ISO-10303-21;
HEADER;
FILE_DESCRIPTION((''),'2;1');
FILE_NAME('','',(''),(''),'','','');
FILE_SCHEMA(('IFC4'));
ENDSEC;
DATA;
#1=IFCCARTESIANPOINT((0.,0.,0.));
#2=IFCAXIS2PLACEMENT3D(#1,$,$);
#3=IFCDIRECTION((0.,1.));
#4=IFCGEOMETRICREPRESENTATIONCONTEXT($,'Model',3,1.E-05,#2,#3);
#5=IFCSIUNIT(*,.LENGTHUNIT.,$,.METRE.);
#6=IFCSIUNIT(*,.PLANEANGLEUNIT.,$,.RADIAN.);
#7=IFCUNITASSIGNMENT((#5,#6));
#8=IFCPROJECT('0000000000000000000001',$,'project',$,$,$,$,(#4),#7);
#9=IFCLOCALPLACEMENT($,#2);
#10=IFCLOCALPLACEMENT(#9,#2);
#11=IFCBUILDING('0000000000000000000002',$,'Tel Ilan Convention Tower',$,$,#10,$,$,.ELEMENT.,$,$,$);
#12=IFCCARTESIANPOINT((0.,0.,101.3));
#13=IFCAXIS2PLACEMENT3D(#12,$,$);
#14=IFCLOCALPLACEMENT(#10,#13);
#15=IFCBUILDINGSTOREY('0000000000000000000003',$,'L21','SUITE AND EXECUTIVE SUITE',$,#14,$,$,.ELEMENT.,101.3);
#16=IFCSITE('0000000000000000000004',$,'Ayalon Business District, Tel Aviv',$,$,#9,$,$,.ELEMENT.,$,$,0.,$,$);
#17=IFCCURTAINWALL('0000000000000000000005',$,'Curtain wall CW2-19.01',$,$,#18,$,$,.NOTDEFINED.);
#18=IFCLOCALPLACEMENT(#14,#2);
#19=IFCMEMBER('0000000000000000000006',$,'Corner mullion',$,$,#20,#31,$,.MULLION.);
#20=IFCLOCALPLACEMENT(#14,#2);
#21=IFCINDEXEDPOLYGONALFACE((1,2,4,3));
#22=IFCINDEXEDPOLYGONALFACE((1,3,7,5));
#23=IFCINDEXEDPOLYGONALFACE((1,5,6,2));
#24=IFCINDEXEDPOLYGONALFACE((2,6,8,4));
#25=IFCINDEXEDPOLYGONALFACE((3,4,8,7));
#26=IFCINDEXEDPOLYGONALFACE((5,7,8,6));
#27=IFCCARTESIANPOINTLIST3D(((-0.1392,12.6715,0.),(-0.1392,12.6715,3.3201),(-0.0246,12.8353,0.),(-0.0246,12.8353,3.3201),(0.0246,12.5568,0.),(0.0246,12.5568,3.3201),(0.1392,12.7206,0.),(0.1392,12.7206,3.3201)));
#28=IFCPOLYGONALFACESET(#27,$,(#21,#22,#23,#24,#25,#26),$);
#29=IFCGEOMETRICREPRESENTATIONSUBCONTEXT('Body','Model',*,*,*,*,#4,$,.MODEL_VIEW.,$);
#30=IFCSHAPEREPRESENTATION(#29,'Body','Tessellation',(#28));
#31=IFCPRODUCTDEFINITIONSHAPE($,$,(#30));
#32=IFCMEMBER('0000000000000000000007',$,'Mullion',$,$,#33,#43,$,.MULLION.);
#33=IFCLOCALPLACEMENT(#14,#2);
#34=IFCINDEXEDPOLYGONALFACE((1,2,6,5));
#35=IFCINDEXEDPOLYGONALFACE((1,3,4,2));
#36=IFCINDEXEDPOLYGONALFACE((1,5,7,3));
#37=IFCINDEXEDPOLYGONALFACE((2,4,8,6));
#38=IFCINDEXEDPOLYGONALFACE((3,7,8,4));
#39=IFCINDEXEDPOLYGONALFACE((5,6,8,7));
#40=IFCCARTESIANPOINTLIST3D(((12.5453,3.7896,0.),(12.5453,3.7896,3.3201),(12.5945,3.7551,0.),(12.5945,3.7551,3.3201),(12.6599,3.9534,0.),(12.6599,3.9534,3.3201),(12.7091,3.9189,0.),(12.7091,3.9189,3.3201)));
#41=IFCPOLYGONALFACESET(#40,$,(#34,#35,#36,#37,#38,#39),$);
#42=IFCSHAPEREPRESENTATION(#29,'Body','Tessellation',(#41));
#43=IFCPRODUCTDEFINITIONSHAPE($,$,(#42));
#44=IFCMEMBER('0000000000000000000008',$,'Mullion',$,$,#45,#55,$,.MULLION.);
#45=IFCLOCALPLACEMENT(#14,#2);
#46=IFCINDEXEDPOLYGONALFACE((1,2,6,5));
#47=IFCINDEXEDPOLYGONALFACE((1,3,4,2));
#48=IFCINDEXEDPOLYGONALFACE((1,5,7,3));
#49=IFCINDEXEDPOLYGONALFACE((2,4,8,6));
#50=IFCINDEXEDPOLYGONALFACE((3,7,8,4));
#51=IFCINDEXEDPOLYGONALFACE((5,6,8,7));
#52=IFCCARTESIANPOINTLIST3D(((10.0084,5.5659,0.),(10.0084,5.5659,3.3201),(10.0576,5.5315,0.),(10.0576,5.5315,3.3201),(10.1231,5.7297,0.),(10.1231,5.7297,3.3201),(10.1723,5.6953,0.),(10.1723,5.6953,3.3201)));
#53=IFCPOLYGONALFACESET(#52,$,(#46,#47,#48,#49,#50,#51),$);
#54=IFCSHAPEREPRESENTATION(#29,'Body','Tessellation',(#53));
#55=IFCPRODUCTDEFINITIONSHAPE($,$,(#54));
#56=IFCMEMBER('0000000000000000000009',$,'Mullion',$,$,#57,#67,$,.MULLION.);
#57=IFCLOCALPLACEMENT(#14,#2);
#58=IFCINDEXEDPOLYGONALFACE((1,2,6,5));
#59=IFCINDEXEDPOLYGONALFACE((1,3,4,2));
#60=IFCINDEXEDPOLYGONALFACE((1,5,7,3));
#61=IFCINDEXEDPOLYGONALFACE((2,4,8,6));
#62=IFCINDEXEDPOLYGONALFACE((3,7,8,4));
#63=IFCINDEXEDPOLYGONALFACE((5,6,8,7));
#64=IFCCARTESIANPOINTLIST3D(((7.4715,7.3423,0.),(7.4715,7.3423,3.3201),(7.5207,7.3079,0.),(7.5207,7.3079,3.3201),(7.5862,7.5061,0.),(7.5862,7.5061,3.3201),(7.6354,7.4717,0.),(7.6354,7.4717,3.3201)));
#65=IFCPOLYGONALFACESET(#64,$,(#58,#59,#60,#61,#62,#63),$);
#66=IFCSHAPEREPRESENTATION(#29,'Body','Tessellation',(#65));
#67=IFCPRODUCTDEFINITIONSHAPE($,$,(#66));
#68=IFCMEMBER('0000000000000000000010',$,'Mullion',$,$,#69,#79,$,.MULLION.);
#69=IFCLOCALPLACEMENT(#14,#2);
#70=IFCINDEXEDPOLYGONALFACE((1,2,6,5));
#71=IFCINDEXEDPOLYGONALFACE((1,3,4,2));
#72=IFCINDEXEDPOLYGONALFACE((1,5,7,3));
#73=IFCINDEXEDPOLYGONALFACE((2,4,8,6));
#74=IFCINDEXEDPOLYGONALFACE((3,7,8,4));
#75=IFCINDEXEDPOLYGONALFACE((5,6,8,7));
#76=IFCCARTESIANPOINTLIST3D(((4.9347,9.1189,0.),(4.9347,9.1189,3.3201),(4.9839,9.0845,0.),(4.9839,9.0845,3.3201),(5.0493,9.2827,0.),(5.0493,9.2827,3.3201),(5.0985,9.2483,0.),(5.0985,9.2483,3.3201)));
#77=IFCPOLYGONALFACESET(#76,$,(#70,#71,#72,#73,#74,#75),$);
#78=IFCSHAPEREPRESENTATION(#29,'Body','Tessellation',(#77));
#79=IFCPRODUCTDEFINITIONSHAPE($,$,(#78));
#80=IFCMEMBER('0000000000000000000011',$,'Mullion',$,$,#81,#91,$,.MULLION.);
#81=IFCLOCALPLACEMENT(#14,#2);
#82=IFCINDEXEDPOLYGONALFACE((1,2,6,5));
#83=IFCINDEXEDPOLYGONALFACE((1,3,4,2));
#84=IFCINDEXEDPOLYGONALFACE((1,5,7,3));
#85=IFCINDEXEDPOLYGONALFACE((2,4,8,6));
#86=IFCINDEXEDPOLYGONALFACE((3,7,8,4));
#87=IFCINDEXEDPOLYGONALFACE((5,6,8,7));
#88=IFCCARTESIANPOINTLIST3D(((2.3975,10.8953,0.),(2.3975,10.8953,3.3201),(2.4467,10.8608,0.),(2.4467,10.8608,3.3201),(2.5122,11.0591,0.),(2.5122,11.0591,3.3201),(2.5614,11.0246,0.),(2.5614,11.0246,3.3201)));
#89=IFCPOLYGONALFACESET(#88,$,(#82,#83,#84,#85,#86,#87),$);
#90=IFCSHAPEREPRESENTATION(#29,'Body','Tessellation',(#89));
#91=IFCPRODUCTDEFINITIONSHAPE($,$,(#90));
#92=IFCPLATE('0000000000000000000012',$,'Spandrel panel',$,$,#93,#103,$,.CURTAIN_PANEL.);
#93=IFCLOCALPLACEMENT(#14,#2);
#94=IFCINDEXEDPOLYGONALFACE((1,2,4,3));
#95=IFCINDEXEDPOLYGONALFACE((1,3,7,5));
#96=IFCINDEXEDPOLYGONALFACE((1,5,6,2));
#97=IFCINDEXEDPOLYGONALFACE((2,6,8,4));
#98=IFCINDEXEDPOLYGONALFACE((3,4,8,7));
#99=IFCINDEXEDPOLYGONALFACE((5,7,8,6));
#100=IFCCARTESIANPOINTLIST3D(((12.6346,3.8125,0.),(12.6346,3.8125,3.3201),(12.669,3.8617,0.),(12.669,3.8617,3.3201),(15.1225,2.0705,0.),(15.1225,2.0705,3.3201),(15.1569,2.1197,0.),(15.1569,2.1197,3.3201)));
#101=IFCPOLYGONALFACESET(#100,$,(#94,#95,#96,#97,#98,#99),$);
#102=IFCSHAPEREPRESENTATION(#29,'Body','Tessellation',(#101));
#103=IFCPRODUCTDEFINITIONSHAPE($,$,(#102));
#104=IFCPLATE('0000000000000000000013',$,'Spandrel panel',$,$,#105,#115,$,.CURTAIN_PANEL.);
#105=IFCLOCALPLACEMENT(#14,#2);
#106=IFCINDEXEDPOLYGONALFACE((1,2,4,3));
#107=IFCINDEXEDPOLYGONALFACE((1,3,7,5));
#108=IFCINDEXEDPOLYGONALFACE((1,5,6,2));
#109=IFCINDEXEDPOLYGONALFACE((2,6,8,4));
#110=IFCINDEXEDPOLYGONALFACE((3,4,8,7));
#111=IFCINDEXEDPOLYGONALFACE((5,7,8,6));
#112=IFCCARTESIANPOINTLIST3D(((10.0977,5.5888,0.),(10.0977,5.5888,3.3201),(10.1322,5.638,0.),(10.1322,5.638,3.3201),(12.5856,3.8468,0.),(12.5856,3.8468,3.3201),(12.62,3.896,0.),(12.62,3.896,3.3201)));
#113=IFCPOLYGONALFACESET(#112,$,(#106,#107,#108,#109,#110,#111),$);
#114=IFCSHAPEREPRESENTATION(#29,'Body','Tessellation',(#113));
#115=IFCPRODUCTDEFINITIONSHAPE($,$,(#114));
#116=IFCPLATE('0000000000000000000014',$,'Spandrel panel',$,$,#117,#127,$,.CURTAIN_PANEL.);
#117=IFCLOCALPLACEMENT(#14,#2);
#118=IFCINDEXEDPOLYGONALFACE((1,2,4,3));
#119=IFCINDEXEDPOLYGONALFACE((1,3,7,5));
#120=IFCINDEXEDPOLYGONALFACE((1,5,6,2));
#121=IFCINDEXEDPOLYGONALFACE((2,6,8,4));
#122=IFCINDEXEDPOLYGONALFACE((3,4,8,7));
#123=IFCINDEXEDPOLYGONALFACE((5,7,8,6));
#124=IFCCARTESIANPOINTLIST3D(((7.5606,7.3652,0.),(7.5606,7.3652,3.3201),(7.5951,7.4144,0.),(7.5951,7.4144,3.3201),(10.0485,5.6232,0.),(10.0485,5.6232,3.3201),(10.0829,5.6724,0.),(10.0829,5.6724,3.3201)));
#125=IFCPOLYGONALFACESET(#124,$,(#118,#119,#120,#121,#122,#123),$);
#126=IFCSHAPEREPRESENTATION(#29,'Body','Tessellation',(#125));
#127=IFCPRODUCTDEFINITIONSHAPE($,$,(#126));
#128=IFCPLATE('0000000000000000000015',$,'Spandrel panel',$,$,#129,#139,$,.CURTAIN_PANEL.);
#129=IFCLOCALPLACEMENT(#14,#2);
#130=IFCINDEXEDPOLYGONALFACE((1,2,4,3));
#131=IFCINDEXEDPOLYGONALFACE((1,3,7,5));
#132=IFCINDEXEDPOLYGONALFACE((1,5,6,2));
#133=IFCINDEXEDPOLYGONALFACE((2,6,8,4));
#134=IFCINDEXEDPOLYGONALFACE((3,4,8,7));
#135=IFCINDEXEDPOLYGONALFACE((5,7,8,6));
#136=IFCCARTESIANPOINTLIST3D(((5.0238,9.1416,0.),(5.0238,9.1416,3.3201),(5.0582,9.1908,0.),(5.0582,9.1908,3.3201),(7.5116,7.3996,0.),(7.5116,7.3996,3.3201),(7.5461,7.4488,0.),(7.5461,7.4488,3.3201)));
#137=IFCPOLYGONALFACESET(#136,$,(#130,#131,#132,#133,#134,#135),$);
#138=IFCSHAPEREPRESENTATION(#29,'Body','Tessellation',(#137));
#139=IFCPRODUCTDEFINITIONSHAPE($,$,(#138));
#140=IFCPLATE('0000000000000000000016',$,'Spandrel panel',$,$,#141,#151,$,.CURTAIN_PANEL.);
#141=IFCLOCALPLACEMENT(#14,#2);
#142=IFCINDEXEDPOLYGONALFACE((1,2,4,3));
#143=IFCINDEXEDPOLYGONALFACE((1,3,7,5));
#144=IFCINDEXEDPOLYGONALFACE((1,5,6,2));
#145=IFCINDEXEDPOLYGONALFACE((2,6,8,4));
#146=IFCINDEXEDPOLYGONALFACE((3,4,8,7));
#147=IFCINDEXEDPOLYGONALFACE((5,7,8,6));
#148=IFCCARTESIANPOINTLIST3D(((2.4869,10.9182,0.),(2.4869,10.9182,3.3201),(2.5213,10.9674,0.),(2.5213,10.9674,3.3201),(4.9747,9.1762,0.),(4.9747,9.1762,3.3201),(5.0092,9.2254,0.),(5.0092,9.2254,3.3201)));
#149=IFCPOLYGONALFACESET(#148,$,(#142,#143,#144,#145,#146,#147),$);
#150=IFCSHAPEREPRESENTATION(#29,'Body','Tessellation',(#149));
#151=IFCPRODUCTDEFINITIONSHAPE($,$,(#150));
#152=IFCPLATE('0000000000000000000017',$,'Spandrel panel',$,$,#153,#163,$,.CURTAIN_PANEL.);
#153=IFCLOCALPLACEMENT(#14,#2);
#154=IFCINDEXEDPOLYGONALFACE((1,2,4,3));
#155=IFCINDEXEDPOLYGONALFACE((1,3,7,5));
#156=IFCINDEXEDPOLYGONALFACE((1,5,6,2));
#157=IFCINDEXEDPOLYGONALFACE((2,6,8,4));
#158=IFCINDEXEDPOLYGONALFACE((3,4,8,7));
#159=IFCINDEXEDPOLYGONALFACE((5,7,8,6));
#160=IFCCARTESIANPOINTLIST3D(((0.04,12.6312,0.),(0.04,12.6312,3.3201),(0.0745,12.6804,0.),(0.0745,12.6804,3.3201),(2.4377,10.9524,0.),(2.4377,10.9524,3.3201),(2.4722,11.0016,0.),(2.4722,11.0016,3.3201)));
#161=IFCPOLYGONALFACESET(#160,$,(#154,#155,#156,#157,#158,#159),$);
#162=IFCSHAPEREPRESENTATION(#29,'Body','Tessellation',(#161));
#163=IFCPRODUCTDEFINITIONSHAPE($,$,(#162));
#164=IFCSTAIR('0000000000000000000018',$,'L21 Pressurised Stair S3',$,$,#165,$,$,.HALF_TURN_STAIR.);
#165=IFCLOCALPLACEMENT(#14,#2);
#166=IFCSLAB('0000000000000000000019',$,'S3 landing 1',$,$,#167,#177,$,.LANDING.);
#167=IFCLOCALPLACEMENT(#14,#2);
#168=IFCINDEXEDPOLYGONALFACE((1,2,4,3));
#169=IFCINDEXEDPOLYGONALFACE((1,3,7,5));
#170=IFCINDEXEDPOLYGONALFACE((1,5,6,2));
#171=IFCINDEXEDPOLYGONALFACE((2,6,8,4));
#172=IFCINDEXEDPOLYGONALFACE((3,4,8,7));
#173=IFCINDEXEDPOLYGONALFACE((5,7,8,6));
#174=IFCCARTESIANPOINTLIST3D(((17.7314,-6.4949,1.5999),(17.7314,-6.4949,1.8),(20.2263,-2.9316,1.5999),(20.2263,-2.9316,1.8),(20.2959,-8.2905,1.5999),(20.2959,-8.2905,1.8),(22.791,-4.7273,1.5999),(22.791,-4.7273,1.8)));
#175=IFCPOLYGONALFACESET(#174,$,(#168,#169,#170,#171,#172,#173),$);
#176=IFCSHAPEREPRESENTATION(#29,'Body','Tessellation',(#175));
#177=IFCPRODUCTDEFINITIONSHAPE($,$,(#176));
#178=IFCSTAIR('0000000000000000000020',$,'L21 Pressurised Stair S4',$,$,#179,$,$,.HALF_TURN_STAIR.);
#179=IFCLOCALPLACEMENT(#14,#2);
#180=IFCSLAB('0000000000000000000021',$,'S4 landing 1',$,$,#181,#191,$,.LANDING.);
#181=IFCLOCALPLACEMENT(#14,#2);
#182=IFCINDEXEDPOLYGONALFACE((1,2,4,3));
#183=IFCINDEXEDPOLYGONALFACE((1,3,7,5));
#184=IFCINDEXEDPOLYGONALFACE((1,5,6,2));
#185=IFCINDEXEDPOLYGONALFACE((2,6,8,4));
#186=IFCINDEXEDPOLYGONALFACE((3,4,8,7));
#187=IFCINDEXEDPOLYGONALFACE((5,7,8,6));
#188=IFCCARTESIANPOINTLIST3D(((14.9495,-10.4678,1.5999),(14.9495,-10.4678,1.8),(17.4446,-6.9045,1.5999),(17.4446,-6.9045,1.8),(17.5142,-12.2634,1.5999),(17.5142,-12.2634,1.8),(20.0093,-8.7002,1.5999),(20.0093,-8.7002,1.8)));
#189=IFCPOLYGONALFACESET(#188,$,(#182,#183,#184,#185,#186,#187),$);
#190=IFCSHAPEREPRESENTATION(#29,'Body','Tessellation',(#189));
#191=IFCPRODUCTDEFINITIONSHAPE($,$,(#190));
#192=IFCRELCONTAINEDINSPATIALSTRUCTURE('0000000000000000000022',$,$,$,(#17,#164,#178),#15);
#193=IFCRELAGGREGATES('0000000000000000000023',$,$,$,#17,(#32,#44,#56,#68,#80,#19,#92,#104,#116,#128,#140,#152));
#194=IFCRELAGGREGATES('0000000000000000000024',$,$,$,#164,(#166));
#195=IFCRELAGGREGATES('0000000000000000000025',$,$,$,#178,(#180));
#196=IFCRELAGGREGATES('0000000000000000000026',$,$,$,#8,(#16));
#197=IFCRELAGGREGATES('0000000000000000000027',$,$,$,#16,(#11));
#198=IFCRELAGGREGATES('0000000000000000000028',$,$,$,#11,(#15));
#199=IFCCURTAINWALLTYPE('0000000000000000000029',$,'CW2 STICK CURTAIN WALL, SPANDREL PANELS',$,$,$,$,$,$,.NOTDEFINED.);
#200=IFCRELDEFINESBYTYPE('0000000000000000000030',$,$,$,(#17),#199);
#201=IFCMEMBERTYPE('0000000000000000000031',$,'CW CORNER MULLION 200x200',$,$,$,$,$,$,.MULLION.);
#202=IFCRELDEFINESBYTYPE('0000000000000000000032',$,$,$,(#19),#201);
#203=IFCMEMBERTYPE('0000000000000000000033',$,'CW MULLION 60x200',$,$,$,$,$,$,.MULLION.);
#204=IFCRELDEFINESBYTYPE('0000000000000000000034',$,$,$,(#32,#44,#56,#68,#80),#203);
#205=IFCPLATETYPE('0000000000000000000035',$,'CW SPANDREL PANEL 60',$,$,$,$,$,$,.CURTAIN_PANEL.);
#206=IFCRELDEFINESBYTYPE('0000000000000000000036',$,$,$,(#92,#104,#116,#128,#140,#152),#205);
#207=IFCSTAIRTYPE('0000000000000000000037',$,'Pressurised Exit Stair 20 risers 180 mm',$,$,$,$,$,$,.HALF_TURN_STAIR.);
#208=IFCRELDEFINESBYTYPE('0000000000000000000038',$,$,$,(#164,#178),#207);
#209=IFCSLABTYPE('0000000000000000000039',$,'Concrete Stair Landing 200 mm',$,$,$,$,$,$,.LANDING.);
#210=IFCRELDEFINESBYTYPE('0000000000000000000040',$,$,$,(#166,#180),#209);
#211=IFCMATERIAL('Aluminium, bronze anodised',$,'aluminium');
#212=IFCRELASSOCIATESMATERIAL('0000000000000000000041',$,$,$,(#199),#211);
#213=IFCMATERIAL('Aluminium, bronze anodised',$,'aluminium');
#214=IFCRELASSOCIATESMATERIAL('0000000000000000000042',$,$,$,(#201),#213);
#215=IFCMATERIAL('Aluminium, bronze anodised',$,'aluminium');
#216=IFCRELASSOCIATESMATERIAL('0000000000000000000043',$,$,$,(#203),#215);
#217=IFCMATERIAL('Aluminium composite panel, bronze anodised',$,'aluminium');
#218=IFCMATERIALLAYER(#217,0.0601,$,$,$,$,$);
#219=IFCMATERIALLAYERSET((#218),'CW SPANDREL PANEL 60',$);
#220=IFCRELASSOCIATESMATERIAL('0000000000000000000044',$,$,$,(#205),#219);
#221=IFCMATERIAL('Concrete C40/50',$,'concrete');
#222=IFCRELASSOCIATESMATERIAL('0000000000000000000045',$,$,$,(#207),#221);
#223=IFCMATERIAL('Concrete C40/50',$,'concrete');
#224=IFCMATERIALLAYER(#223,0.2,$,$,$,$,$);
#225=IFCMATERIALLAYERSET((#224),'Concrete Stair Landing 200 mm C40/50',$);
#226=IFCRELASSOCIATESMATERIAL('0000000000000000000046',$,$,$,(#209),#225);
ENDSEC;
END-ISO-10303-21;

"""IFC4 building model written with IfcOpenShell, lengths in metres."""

from ifc_helpers import new_model, si_unit, direction, frame, origin, origin_2d, place, context, subcontext, project, spatial, polyline, rectangle, outline, extrude, material, layer, layer_set, material_profile, profile_set, type_object, element, aggregate, save


model = new_model("IFC4")

# Units and contexts
model_context = context("Model", 3, precision=1e-05, world=origin(), true_north=direction((0.0, 1.0)))
body_context = subcontext(model_context, "Body", "Model", "MODEL_VIEW")
ifc_project = project(units=[si_unit("LENGTHUNIT", "METRE"), si_unit("PLANEANGLEUNIT", "RADIAN")], contexts=[model_context])

# Site, building, storey
site_placement = place(None, origin())
site = spatial("IfcSite", under=ifc_project, at=site_placement, Name="Ayalon Business District, Tel Aviv", CompositionType="ELEMENT", RefElevation=0.0)
building_placement = place(site_placement, origin())
building = spatial("IfcBuilding", under=site, at=building_placement, Name="Tel Ilan Convention Tower", CompositionType="ELEMENT")
storey_placement = place(building_placement, frame((0.0, 0.0, 101.3)))
storey = spatial("IfcBuildingStorey", under=building, at=storey_placement, Name="L21", Description="SUITE AND EXECUTIVE SUITE", CompositionType="ELEMENT", Elevation=101.3)

# Curtain wall, members, plates
ifc_material_1 = material(Name="Aluminium, bronze anodised", Category="aluminium")
curtain_wall_type = type_object("IfcCurtainWallType", Name="CW2 STICK CURTAIN WALL, SPANDREL PANELS", PredefinedType="NOTDEFINED", material=ifc_material_1)
curtain_wall_placement = place(storey_placement, origin())
curtain_wall = element("IfcCurtainWall", 1, at=curtain_wall_placement, inside=storey, type_object=curtain_wall_type, Name="Curtain wall CW2-19.01", PredefinedType="NOTDEFINED")
ifc_material_2 = material(Name="Aluminium, bronze anodised", Category="aluminium")
ifc_material_profile_1 = material_profile(ifc_material_2, rectangle(XDim=0.2, YDim=0.2, at=origin_2d()), Name="CW CORNER MULLION 200x200")
ifc_profile_set_1 = profile_set([ifc_material_profile_1], Name="Aluminium, bronze anodised")
member_type_1 = type_object("IfcMemberType", Name="CW CORNER MULLION 200x200", PredefinedType="MULLION", material=ifc_profile_set_1)
member_1_placement = place(storey_placement, frame((0.0, 12.696, 0.0), z_axis=(0.0, 0.0, 1.0), x_axis=(-0.819152, 0.573576, 0.0)))
member_1 = element("IfcMember", 2, at=member_1_placement, type_object=member_type_1, Name="Corner mullion", PredefinedType="MULLION", context=body_context, shape_type="SweptSolid", body=[
    extrude(rectangle(XDim=0.2, YDim=0.2, at=origin_2d()), origin(), (0.0, 0.0, 1.0), 3.3201),
])
ifc_material_3 = material(Name="Aluminium, bronze anodised", Category="aluminium")
ifc_material_profile_2 = material_profile(ifc_material_3, rectangle(XDim=0.0601, YDim=0.2, at=origin_2d()), Name="CW MULLION 60x200")
ifc_profile_set_2 = profile_set([ifc_material_profile_2], Name="Aluminium, bronze anodised")
member_type_2 = type_object("IfcMemberType", Name="CW MULLION 60x200", PredefinedType="MULLION", material=ifc_profile_set_2)
member_2_placement = place(storey_placement, frame((12.6272, 3.8542, 0.0), z_axis=(0.0, 0.0, 1.0), x_axis=(-0.819152, 0.573576, 0.0)))
member_2 = element("IfcMember", 3, at=member_2_placement, type_object=member_type_2, Name="Mullion", PredefinedType="MULLION", context=body_context, shape_type="SweptSolid", body=[
    extrude(rectangle(XDim=0.0601, YDim=0.2, at=origin_2d()), origin(), (0.0, 0.0, 1.0), 3.3201),
])
member_3_placement = place(storey_placement, frame((10.0903, 5.6306, 0.0), z_axis=(0.0, 0.0, 1.0), x_axis=(-0.819152, 0.573576, 0.0)))
member_3 = element("IfcMember", 4, at=member_3_placement, type_object=member_type_2, Name="Mullion", PredefinedType="MULLION", context=body_context, shape_type="SweptSolid", body=[
    extrude(rectangle(XDim=0.0601, YDim=0.2, at=origin_2d()), origin(), (0.0, 0.0, 1.0), 3.3201),
])
member_4_placement = place(storey_placement, frame((7.5535, 7.407, 0.0), z_axis=(0.0, 0.0, 1.0), x_axis=(-0.819152, 0.573576, 0.0)))
member_4 = element("IfcMember", 5, at=member_4_placement, type_object=member_type_2, Name="Mullion", PredefinedType="MULLION", context=body_context, shape_type="SweptSolid", body=[
    extrude(rectangle(XDim=0.0601, YDim=0.2, at=origin_2d()), origin(), (0.0, 0.0, 1.0), 3.3201),
])
member_5_placement = place(storey_placement, frame((5.0166, 9.1836, 0.0), z_axis=(0.0, 0.0, 1.0), x_axis=(-0.819152, 0.573576, 0.0)))
member_5 = element("IfcMember", 6, at=member_5_placement, type_object=member_type_2, Name="Mullion", PredefinedType="MULLION", context=body_context, shape_type="SweptSolid", body=[
    extrude(rectangle(XDim=0.0601, YDim=0.2, at=origin_2d()), origin(), (0.0, 0.0, 1.0), 3.3201),
])
member_6_placement = place(storey_placement, frame((2.4795, 10.96, 0.0), z_axis=(0.0, 0.0, 1.0), x_axis=(-0.819152, 0.573576, 0.0)))
member_6 = element("IfcMember", 7, at=member_6_placement, type_object=member_type_2, Name="Mullion", PredefinedType="MULLION", context=body_context, shape_type="SweptSolid", body=[
    extrude(rectangle(XDim=0.0601, YDim=0.2, at=origin_2d()), origin(), (0.0, 0.0, 1.0), 3.3201),
])
ifc_material_4 = material(Name="Aluminium composite panel, bronze anodised", Category="aluminium")
ifc_layer_1 = layer(ifc_material_4, 0.0601)
ifc_layer_set_1 = layer_set([ifc_layer_1], Name="CW SPANDREL PANEL 60")
plate_type = type_object("IfcPlateType", Name="CW SPANDREL PANEL 60", PredefinedType="CURTAIN_PANEL", material=ifc_layer_set_1)
plate_1_placement = place(storey_placement, frame((13.8958, 2.9661, 0.0), z_axis=(0.0, 0.0, 1.0), x_axis=(-0.819152, 0.573576, 0.0)))
plate_1 = element("IfcPlate", 8, at=plate_1_placement, type_object=plate_type, Name="Spandrel panel", PredefinedType="CURTAIN_PANEL", context=body_context, shape_type="SweptSolid", body=[
    extrude(rectangle(XDim=3.0371, YDim=0.0601, at=origin_2d()), origin(), (0.0, 0.0, 1.0), 3.3201),
])
plate_2_placement = place(storey_placement, frame((11.3589, 4.7424, 0.0), z_axis=(0.0, 0.0, 1.0), x_axis=(-0.819152, 0.573576, 0.0)))
plate_2 = element("IfcPlate", 9, at=plate_2_placement, type_object=plate_type, Name="Spandrel panel", PredefinedType="CURTAIN_PANEL", context=body_context, shape_type="SweptSolid", body=[
    extrude(rectangle(XDim=3.0371, YDim=0.0601, at=origin_2d()), origin(), (0.0, 0.0, 1.0), 3.3201),
])
plate_3_placement = place(storey_placement, frame((8.8218, 6.5188, 0.0), z_axis=(0.0, 0.0, 1.0), x_axis=(-0.819152, 0.573576, 0.0)))
plate_3 = element("IfcPlate", 10, at=plate_3_placement, type_object=plate_type, Name="Spandrel panel", PredefinedType="CURTAIN_PANEL", context=body_context, shape_type="SweptSolid", body=[
    extrude(rectangle(XDim=3.0371, YDim=0.0601, at=origin_2d()), origin(), (0.0, 0.0, 1.0), 3.3201),
])
plate_4_placement = place(storey_placement, frame((6.2849, 8.2952, 0.0), z_axis=(0.0, 0.0, 1.0), x_axis=(-0.819152, 0.573576, 0.0)))
plate_4 = element("IfcPlate", 11, at=plate_4_placement, type_object=plate_type, Name="Spandrel panel", PredefinedType="CURTAIN_PANEL", context=body_context, shape_type="SweptSolid", body=[
    extrude(rectangle(XDim=3.0371, YDim=0.0601, at=origin_2d()), origin(), (0.0, 0.0, 1.0), 3.3201),
])
plate_5_placement = place(storey_placement, frame((3.748, 10.0718, 0.0), z_axis=(0.0, 0.0, 1.0), x_axis=(-0.819152, 0.573576, 0.0)))
plate_5 = element("IfcPlate", 12, at=plate_5_placement, type_object=plate_type, Name="Spandrel panel", PredefinedType="CURTAIN_PANEL", context=body_context, shape_type="SweptSolid", body=[
    extrude(rectangle(XDim=3.0371, YDim=0.0601, at=origin_2d()), origin(), (0.0, 0.0, 1.0), 3.3201),
])
plate_6_placement = place(storey_placement, frame((1.2561, 11.8164, 0.0), z_axis=(0.0, 0.0, 1.0), x_axis=(-0.819152, 0.573576, 0.0)))
plate_6 = element("IfcPlate", 13, at=plate_6_placement, type_object=plate_type, Name="Spandrel panel", PredefinedType="CURTAIN_PANEL", context=body_context, shape_type="SweptSolid", body=[
    extrude(rectangle(XDim=2.927, YDim=0.0601, at=origin_2d()), origin(), (0.0, 0.0, 1.0), 3.3201),
])
aggregate(curtain_wall, [member_2, member_3, member_4, member_5, member_6, member_1, plate_1, plate_2, plate_3, plate_4, plate_5, plate_6])

# Stairs, slabs
ifc_material_5 = material(Name="Concrete C40/50", Category="concrete")
stair_type = type_object("IfcStairType", Name="Pressurised Exit Stair 20 risers 180 mm", PredefinedType="HALF_TURN_STAIR", material=ifc_material_5)
stair_1_placement = place(storey_placement, origin())
stair_1 = element("IfcStair", 14, at=stair_1_placement, inside=storey, type_object=stair_type, Name="L21 Pressurised Stair S3", PredefinedType="HALF_TURN_STAIR")
ifc_material_6 = material(Name="Concrete C40/50", Category="concrete")
ifc_layer_2 = layer(ifc_material_6, 0.2)
ifc_layer_set_2 = layer_set([ifc_layer_2], Name="Concrete Stair Landing 200 mm C40/50")
slab_type_1 = type_object("IfcSlabType", Name="Concrete Stair Landing 200 mm", PredefinedType="LANDING", material=ifc_layer_set_2)
slab_1_placement = place(storey_placement, frame((0.0, 0.0, 1.5999)))
slab_1 = element("IfcSlab", 15, at=slab_1_placement, type_object=slab_type_1, Name="S3 landing 1", PredefinedType="LANDING", context=body_context, shape_type="SweptSolid", body=[
    extrude(outline(polyline([(22.791, -4.7273), (20.2263, -2.9316), (17.7314, -6.4949), (20.2959, -8.2905), (22.791, -4.7273)])), origin(), (0.0, 0.0, 1.0), 0.2002),
])
aggregate(stair_1, [slab_1])
stair_2_placement = place(storey_placement, origin())
stair_2 = element("IfcStair", 16, at=stair_2_placement, inside=storey, type_object=stair_type, Name="L21 Pressurised Stair S4", PredefinedType="HALF_TURN_STAIR")
slab_2_placement = place(storey_placement, frame((0.0, 0.0, 1.5999)))
slab_2 = element("IfcSlab", 17, at=slab_2_placement, type_object=slab_type_1, Name="S4 landing 1", PredefinedType="LANDING", context=body_context, shape_type="SweptSolid", body=[
    extrude(outline(polyline([(20.0093, -8.7002), (17.4446, -6.9045), (14.9495, -10.4678), (17.5142, -12.2634), (20.0093, -8.7002)])), origin(), (0.0, 0.0, 1.0), 0.2002),
])
aggregate(stair_2, [slab_2])

save(model, "model.ifc")
